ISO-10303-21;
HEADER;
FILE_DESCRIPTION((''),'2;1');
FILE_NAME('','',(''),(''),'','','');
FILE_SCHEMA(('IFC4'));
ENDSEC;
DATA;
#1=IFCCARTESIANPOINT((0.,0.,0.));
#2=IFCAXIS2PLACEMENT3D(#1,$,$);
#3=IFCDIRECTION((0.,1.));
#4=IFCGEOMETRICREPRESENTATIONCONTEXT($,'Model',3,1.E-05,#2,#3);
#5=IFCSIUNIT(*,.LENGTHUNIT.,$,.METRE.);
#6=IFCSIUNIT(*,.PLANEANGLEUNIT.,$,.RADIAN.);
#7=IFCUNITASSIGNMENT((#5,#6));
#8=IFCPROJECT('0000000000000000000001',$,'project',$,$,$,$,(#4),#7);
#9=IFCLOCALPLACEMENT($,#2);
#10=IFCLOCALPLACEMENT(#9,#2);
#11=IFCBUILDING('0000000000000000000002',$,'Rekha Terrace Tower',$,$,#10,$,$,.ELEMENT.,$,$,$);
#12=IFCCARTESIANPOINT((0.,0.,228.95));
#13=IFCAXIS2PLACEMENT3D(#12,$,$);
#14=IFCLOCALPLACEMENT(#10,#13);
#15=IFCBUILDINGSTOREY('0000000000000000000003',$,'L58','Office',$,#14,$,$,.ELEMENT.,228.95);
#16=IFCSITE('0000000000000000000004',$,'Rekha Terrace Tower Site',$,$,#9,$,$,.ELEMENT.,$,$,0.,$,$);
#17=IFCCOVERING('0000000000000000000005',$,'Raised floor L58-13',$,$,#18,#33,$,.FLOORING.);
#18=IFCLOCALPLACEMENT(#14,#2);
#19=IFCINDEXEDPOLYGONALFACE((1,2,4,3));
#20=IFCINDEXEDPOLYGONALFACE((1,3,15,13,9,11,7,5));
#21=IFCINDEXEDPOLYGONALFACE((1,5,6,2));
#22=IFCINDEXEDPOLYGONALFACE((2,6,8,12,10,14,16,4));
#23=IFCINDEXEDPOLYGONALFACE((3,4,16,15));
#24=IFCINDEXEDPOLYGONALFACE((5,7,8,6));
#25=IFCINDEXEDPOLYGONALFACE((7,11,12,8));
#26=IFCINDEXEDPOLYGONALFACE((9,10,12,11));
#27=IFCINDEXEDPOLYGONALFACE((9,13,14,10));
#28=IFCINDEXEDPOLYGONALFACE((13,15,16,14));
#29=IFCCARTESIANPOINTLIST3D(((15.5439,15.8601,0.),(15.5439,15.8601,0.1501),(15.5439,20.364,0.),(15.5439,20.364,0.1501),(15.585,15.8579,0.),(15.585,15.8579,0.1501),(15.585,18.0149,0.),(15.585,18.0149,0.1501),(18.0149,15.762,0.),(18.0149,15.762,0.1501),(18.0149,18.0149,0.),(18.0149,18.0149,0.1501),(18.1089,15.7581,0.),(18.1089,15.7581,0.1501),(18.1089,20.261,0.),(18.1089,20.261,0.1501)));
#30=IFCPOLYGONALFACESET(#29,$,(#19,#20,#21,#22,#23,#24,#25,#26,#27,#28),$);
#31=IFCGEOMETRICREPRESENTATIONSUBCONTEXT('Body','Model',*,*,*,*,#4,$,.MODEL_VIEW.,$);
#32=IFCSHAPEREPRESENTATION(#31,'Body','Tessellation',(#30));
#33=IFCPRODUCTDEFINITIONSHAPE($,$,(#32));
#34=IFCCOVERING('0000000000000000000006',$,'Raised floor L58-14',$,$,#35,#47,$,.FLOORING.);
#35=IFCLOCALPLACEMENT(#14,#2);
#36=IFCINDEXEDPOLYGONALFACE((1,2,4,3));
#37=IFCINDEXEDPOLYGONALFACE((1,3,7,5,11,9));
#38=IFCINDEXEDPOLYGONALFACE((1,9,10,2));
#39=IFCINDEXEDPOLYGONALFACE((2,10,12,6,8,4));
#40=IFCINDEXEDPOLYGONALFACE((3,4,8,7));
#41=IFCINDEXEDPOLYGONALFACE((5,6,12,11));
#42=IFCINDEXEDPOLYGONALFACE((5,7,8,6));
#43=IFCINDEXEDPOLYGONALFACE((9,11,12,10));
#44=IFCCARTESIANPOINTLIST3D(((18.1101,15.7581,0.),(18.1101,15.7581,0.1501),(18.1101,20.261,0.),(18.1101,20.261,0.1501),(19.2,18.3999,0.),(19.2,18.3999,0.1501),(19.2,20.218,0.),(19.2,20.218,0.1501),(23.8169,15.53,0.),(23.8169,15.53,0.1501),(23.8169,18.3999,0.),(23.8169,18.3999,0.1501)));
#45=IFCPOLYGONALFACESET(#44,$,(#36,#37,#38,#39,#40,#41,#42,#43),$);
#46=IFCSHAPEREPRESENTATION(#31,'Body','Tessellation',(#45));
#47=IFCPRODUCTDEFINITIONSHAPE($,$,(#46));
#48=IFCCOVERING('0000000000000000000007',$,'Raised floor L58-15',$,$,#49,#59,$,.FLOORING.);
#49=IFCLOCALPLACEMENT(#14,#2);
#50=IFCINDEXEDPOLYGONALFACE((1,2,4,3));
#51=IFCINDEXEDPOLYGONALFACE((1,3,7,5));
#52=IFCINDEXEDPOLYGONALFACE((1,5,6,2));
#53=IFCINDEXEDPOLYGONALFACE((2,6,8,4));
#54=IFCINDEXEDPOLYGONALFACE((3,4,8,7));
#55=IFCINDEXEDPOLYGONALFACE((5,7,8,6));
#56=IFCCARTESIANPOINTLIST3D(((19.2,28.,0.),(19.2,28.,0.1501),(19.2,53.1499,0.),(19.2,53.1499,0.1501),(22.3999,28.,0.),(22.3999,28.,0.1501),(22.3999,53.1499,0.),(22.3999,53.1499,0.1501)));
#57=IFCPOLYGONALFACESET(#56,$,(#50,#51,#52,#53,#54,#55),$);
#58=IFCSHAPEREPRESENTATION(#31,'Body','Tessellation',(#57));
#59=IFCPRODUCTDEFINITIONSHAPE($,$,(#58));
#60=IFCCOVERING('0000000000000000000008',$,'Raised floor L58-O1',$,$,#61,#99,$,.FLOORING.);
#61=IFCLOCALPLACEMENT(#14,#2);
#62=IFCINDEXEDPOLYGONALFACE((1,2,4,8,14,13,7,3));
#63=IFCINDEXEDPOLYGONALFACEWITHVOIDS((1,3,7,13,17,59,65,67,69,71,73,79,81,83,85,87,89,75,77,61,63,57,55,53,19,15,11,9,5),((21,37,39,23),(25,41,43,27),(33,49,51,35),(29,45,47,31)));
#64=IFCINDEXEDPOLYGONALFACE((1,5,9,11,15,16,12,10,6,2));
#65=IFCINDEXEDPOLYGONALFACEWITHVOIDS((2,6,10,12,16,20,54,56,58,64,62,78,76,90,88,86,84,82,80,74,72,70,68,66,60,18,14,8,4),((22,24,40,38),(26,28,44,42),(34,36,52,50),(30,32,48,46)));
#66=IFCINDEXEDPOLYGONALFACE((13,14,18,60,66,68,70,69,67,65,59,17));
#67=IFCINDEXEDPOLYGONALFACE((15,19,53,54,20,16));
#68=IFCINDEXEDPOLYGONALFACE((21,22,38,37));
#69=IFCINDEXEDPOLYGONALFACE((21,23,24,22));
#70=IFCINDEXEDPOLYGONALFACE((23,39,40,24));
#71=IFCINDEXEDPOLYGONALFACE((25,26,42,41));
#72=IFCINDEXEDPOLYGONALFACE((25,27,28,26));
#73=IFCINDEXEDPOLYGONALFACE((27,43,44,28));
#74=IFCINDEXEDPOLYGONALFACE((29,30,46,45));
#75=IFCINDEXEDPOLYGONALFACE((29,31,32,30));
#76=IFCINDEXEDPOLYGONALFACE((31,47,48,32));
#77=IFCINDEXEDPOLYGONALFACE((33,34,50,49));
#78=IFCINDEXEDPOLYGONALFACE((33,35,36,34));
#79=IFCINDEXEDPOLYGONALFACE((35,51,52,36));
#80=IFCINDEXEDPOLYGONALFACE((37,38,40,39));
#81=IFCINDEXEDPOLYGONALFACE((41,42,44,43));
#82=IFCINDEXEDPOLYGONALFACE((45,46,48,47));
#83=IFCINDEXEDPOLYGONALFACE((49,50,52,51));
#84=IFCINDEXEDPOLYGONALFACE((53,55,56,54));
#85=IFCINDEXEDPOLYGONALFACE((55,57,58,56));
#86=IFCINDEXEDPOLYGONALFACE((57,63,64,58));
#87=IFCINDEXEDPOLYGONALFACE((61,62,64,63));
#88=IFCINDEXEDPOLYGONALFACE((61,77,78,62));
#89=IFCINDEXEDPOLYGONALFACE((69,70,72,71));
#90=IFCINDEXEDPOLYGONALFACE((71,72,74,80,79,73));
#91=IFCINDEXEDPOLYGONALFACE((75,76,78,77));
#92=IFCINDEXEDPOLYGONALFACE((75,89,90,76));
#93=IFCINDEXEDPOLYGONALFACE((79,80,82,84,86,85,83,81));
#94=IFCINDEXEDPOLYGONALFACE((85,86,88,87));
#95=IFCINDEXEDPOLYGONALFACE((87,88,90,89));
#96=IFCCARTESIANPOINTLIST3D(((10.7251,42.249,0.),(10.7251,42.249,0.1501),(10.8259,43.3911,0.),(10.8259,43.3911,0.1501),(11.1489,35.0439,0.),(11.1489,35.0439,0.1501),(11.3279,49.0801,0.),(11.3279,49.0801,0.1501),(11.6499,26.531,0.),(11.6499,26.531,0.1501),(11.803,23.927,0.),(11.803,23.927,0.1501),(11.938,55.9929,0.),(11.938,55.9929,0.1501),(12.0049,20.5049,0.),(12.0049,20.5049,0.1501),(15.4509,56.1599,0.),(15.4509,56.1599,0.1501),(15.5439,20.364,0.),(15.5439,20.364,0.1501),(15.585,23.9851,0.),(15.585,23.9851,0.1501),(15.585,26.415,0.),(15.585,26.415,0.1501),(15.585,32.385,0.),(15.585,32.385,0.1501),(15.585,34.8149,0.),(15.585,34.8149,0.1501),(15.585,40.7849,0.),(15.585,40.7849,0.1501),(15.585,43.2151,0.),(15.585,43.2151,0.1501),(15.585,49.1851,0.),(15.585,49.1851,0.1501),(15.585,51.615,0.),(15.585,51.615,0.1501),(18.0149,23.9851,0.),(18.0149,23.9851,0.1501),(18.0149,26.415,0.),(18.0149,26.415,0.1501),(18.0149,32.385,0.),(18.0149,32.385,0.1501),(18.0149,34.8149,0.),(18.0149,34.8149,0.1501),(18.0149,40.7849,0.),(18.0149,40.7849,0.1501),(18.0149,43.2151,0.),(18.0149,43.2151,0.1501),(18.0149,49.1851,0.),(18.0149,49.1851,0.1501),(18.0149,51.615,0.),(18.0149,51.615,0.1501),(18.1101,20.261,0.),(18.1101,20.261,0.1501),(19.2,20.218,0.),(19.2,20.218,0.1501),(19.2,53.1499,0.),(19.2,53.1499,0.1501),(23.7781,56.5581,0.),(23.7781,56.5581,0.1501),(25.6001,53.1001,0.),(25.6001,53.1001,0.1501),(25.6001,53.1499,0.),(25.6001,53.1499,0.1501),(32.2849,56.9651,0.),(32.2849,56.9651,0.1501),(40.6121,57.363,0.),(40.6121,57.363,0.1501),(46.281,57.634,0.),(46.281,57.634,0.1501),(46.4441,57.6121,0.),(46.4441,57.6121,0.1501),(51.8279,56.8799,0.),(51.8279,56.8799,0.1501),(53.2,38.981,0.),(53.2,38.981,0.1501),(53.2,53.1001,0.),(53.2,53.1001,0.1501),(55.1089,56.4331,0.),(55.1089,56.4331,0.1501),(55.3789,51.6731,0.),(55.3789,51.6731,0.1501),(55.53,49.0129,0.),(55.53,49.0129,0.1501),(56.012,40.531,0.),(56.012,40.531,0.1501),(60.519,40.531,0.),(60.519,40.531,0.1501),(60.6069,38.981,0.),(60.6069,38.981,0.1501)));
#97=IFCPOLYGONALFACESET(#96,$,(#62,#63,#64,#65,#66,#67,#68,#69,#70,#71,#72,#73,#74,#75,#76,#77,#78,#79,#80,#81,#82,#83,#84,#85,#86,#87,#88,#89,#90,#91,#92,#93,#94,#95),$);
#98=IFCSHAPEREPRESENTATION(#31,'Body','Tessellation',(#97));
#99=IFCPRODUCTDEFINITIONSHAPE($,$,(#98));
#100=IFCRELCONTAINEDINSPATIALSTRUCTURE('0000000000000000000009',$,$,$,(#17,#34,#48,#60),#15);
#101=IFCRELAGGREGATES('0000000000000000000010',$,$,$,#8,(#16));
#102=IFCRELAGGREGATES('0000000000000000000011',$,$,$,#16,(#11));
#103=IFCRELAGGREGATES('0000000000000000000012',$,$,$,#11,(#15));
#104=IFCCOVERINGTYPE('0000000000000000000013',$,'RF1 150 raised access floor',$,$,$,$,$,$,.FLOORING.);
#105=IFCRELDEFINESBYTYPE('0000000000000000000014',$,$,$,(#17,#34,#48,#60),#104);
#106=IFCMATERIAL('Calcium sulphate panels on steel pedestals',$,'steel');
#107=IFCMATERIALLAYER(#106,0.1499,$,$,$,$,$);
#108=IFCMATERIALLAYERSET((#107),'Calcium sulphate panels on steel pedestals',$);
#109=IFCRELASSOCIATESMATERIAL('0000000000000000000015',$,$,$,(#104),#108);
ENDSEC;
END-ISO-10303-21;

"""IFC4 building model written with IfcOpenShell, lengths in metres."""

from ifc_helpers import new_model, si_unit, direction, frame, origin, place, context, subcontext, project, spatial, polyline, outline, extrude, material, layer, layer_set, type_object, element, save


model = new_model("IFC4")

# Units and contexts
model_context = context("Model", 3, precision=1e-05, world=origin(), true_north=direction((0.0, 1.0)))
body_context = subcontext(model_context, "Body", "Model", "MODEL_VIEW")
ifc_project = project(units=[si_unit("LENGTHUNIT", "METRE"), si_unit("PLANEANGLEUNIT", "RADIAN")], contexts=[model_context])

# Site, building, storey
site_placement = place(None, origin())
site = spatial("IfcSite", under=ifc_project, at=site_placement, Name="Rekha Terrace Tower Site", CompositionType="ELEMENT", RefElevation=0.0)
building_placement = place(site_placement, origin())
building = spatial("IfcBuilding", under=site, at=building_placement, Name="Rekha Terrace Tower", CompositionType="ELEMENT")
storey_placement = place(building_placement, frame((0.0, 0.0, 228.95)))
storey = spatial("IfcBuildingStorey", under=building, at=storey_placement, Name="L58", Description="Office", CompositionType="ELEMENT", Elevation=228.95)

# Coverings
ifc_material_1 = material(Name="Calcium sulphate panels on steel pedestals", Category="steel")
ifc_layer_1 = layer(ifc_material_1, 0.1499)
ifc_layer_set_1 = layer_set([ifc_layer_1], Name="Calcium sulphate panels on steel pedestals")
covering_type_1 = type_object("IfcCoveringType", Name="RF1 150 raised access floor", PredefinedType="FLOORING", material=ifc_layer_set_1)
covering_1_placement = place(storey_placement, origin())
element("IfcCovering", 1, at=covering_1_placement, inside=storey, type_object=covering_type_1, Name="Raised floor L58-13", PredefinedType="FLOORING", context=body_context, shape_type="SweptSolid", body=[
    extrude(outline(polyline([(18.0149, 18.0149), (18.0149, 15.762), (18.1089, 15.7581), (18.1089, 20.261), (15.5439, 20.364), (15.5439, 15.8601), (15.585, 15.8579), (15.585, 18.0149), (18.0149, 18.0149)])), origin(), (0.0, 0.0, 1.0), 0.1501),
])
covering_2_placement = place(storey_placement, origin())
element("IfcCovering", 2, at=covering_2_placement, inside=storey, type_object=covering_type_1, Name="Raised floor L58-14", PredefinedType="FLOORING", context=body_context, shape_type="SweptSolid", body=[
    extrude(outline(polyline([(23.8169, 15.53), (23.8169, 18.3999), (19.2, 18.3999), (19.2, 20.218), (18.1101, 20.261), (18.1101, 15.7581), (23.8169, 15.53)])), origin(), (0.0, 0.0, 1.0), 0.1501),
])
covering_3_placement = place(storey_placement, origin())
element("IfcCovering", 3, at=covering_3_placement, inside=storey, type_object=covering_type_1, Name="Raised floor L58-15", PredefinedType="FLOORING", context=body_context, shape_type="SweptSolid", body=[
    extrude(outline(polyline([(19.2, 53.1499), (19.2, 28.0), (22.3999, 28.0), (22.3999, 53.1499), (19.2, 53.1499)])), origin(), (0.0, 0.0, 1.0), 0.1501),
])
covering_4_placement = place(storey_placement, origin())
element("IfcCovering", 4, at=covering_4_placement, inside=storey, type_object=covering_type_1, Name="Raised floor L58-O1", PredefinedType="FLOORING", context=body_context, shape_type="SweptSolid", body=[
    extrude(outline(polyline([(11.3279, 49.0801), (10.8259, 43.3911), (10.7251, 42.249), (11.1489, 35.0439), (11.6499, 26.531), (11.803, 23.927), (12.0049, 20.5049), (15.5439, 20.364), (18.1101, 20.261), (19.2, 20.218), (19.2, 53.1499), (25.6001, 53.1499), (25.6001, 53.1001), (53.2, 53.1001), (53.2, 38.981), (60.6069, 38.981), (60.519, 40.531), (56.012, 40.531), (55.53, 49.0129), (55.3789, 51.6731), (55.1089, 56.4331), (51.8279, 56.8799), (46.4441, 57.6121), (46.281, 57.634), (40.6121, 57.363), (32.2849, 56.9651), (23.7781, 56.5581), (15.4509, 56.1599), (11.938, 55.9929), (11.3279, 49.0801)]), holes=[polyline([(18.0149, 23.9851), (15.585, 23.9851), (15.585, 26.415), (18.0149, 26.415), (18.0149, 23.9851)]), polyline([(18.0149, 32.385), (15.585, 32.385), (15.585, 34.8149), (18.0149, 34.8149), (18.0149, 32.385)]), polyline([(18.0149, 43.2151), (18.0149, 40.7849), (15.585, 40.7849), (15.585, 43.2151), (18.0149, 43.2151)]), polyline([(18.0149, 51.615), (18.0149, 49.1851), (15.585, 49.1851), (15.585, 51.615), (18.0149, 51.615)])]), origin(), (0.0, 0.0, 1.0), 0.1501),
])

save(model, "model.ifc")
